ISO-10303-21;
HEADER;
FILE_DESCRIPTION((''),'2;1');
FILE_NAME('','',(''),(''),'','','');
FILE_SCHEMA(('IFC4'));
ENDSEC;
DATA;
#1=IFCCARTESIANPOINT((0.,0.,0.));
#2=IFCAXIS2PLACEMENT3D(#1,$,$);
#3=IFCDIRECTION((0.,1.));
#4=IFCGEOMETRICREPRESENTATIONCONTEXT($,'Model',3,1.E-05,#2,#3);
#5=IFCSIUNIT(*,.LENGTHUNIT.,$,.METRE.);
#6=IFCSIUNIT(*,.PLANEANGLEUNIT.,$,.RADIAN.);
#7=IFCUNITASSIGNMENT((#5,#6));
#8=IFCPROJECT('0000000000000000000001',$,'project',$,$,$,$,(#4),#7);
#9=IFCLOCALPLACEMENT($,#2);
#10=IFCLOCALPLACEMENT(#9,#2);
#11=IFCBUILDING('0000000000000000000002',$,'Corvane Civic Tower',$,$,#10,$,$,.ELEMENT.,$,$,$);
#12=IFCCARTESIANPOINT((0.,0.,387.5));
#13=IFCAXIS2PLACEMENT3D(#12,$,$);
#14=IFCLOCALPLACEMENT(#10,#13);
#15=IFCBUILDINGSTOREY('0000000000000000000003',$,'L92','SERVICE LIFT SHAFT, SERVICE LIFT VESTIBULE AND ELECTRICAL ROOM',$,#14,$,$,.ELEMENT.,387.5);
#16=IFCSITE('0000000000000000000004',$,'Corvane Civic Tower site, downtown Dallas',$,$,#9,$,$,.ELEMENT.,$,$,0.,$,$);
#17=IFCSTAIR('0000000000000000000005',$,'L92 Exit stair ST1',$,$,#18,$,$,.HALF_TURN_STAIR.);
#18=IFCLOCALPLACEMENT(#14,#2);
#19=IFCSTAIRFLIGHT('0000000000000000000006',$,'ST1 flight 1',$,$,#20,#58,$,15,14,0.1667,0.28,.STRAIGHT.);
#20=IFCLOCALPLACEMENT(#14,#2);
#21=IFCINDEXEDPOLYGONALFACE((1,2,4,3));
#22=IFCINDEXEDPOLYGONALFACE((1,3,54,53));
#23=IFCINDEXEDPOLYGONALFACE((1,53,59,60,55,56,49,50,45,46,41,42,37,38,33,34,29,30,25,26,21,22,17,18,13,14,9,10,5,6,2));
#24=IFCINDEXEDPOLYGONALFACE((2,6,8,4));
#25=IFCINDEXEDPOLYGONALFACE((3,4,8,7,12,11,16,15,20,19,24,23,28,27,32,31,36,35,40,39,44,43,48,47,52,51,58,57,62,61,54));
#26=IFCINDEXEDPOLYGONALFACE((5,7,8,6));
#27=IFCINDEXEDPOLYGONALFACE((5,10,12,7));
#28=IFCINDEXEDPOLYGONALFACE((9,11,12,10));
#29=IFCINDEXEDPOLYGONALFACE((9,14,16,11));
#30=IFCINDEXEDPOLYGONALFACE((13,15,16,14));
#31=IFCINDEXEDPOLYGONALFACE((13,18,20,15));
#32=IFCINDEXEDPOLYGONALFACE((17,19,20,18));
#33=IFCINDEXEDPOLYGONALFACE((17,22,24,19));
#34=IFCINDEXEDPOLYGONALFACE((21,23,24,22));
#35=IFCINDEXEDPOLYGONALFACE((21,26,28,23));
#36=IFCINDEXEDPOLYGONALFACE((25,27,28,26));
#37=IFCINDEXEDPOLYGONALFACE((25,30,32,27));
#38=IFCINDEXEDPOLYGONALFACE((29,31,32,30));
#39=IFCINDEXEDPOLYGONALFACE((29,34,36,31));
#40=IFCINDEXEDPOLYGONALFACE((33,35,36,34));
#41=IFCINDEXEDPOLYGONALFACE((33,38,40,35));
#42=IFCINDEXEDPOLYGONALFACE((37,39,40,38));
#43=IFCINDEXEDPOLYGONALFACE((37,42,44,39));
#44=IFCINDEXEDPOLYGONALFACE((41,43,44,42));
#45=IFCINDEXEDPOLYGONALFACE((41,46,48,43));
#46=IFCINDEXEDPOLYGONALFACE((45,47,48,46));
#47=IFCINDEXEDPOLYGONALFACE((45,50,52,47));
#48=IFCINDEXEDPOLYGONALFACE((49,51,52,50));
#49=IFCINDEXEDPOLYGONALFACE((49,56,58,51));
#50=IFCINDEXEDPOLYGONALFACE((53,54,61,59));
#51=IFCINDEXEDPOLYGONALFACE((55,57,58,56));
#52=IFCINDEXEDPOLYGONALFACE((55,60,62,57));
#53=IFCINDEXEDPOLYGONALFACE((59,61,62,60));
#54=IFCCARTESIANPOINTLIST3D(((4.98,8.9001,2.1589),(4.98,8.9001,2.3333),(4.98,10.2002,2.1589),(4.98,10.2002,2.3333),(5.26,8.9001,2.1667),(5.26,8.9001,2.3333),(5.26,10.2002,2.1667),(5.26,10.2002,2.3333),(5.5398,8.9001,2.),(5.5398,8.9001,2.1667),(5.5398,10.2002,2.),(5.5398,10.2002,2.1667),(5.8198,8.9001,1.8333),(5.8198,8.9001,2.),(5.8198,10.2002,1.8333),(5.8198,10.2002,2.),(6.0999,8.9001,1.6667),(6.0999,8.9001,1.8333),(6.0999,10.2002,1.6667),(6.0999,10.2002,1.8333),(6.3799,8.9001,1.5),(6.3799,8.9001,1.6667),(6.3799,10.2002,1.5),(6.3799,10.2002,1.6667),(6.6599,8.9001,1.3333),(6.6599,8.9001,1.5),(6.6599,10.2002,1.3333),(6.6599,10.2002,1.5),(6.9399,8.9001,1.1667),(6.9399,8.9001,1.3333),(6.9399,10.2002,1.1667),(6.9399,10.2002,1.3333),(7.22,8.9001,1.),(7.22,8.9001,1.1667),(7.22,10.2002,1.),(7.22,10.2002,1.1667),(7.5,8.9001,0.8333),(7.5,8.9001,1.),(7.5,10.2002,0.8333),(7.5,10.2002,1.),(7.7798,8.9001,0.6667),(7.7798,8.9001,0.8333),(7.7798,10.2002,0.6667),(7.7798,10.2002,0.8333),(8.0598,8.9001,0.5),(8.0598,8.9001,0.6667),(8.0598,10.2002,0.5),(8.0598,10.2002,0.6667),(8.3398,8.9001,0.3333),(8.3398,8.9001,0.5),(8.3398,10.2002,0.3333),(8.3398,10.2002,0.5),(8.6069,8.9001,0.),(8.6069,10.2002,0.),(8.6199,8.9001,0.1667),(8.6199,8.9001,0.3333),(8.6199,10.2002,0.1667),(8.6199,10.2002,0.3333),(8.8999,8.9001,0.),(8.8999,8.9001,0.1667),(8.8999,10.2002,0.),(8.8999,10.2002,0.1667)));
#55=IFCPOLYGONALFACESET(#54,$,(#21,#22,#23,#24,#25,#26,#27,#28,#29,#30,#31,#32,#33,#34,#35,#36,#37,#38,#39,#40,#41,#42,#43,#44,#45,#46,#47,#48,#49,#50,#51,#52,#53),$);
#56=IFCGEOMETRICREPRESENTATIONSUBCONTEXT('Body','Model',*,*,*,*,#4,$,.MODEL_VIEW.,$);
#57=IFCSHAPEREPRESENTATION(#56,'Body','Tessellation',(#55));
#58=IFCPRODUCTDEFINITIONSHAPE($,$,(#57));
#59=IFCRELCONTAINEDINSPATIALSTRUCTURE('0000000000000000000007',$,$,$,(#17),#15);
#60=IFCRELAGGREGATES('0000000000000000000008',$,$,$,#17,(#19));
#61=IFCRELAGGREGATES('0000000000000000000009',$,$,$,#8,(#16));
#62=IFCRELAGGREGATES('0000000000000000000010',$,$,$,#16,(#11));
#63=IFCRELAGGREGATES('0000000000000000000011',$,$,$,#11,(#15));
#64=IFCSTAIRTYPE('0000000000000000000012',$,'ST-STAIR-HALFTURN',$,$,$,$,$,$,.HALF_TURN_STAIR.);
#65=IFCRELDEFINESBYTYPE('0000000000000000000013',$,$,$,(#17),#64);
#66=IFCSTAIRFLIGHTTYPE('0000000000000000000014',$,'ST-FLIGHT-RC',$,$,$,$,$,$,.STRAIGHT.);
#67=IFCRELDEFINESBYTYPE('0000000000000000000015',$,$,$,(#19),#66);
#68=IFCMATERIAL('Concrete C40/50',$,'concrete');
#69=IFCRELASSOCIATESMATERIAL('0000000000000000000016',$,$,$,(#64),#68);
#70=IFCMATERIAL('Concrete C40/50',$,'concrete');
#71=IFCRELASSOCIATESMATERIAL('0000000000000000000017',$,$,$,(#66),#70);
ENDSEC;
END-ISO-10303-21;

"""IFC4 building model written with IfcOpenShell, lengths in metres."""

from ifc_helpers import new_model, si_unit, direction, frame, origin, place, context, subcontext, project, spatial, polyline, outline, extrude, material, type_object, element, aggregate, save


model = new_model("IFC4")

# Units and contexts
model_context = context("Model", 3, precision=1e-05, world=origin(), true_north=direction((0.0, 1.0)))
body_context = subcontext(model_context, "Body", "Model", "MODEL_VIEW")
ifc_project = project(units=[si_unit("LENGTHUNIT", "METRE"), si_unit("PLANEANGLEUNIT", "RADIAN")], contexts=[model_context])

# Site, building, storey
site_placement = place(None, origin())
site = spatial("IfcSite", under=ifc_project, at=site_placement, Name="Corvane Civic Tower site, downtown Dallas", CompositionType="ELEMENT", RefElevation=0.0)
building_placement = place(site_placement, origin())
building = spatial("IfcBuilding", under=site, at=building_placement, Name="Corvane Civic Tower", CompositionType="ELEMENT")
storey_placement = place(building_placement, frame((0.0, 0.0, 387.5)))
storey = spatial("IfcBuildingStorey", under=building, at=storey_placement, Name="L92", Description="SERVICE LIFT SHAFT, SERVICE LIFT VESTIBULE AND ELECTRICAL ROOM", CompositionType="ELEMENT", Elevation=387.5)

# Stair, stair flight
ifc_material_1 = material(Name="Concrete C40/50", Category="concrete")
stair_type = type_object("IfcStairType", Name="ST-STAIR-HALFTURN", PredefinedType="HALF_TURN_STAIR", material=ifc_material_1)
stair_placement = place(storey_placement, origin())
stair = element("IfcStair", 1, at=stair_placement, inside=storey, type_object=stair_type, Name="L92 Exit stair ST1", PredefinedType="HALF_TURN_STAIR")
ifc_material_2 = material(Name="Concrete C40/50", Category="concrete")
stair_flight_type = type_object("IfcStairFlightType", Name="ST-FLIGHT-RC", PredefinedType="STRAIGHT", material=ifc_material_2)
stair_flight_placement = place(storey_placement, frame((8.8999, 9.55, 0.0), z_axis=(0.0, 0.0, 1.0), x_axis=(-1.0, 0.0, 0.0)))
stair_flight = element("IfcStairFlight", 2, at=stair_flight_placement, type_object=stair_flight_type, Name="ST1 flight 1", NumberOfRisers=15, NumberOfTreads=14, PredefinedType="STRAIGHT", RiserHeight=0.1667, TreadLength=0.28, context=body_context, shape_type="SweptSolid", body=[
    extrude(outline(polyline([(0.0, 0.0), (0.0, 0.1667), (0.28, 0.1667), (0.28, 0.3333), (0.5601, 0.3333), (0.5601, 0.5), (0.8401, 0.5), (0.8401, 0.6667), (1.1201, 0.6667), (1.1201, 0.8333), (1.3999, 0.8333), (1.3999, 1.0), (1.6799, 1.0), (1.6799, 1.1667), (1.96, 1.1667), (1.96, 1.3333), (2.24, 1.3333), (2.24, 1.5), (2.52, 1.5), (2.52, 1.6667), (2.8, 1.6667), (2.8, 1.8333), (3.0801, 1.8333), (3.0801, 2.0), (3.3601, 2.0), (3.3601, 2.1667), (3.6399, 2.1667), (3.6399, 2.3333), (3.9199, 2.3333), (3.9199, 2.5), (3.9199, 2.1589), (0.293, 0.0), (0.0, 0.0)])), frame((0.0, 0.6499, 0.0), z_axis=(0.0, -1.0, 0.0), x_axis=(1.0, 0.0, 0.0)), (0.0, 0.0, 1.0), 1.3),
])
aggregate(stair, [stair_flight])

save(model, "model.ifc")
